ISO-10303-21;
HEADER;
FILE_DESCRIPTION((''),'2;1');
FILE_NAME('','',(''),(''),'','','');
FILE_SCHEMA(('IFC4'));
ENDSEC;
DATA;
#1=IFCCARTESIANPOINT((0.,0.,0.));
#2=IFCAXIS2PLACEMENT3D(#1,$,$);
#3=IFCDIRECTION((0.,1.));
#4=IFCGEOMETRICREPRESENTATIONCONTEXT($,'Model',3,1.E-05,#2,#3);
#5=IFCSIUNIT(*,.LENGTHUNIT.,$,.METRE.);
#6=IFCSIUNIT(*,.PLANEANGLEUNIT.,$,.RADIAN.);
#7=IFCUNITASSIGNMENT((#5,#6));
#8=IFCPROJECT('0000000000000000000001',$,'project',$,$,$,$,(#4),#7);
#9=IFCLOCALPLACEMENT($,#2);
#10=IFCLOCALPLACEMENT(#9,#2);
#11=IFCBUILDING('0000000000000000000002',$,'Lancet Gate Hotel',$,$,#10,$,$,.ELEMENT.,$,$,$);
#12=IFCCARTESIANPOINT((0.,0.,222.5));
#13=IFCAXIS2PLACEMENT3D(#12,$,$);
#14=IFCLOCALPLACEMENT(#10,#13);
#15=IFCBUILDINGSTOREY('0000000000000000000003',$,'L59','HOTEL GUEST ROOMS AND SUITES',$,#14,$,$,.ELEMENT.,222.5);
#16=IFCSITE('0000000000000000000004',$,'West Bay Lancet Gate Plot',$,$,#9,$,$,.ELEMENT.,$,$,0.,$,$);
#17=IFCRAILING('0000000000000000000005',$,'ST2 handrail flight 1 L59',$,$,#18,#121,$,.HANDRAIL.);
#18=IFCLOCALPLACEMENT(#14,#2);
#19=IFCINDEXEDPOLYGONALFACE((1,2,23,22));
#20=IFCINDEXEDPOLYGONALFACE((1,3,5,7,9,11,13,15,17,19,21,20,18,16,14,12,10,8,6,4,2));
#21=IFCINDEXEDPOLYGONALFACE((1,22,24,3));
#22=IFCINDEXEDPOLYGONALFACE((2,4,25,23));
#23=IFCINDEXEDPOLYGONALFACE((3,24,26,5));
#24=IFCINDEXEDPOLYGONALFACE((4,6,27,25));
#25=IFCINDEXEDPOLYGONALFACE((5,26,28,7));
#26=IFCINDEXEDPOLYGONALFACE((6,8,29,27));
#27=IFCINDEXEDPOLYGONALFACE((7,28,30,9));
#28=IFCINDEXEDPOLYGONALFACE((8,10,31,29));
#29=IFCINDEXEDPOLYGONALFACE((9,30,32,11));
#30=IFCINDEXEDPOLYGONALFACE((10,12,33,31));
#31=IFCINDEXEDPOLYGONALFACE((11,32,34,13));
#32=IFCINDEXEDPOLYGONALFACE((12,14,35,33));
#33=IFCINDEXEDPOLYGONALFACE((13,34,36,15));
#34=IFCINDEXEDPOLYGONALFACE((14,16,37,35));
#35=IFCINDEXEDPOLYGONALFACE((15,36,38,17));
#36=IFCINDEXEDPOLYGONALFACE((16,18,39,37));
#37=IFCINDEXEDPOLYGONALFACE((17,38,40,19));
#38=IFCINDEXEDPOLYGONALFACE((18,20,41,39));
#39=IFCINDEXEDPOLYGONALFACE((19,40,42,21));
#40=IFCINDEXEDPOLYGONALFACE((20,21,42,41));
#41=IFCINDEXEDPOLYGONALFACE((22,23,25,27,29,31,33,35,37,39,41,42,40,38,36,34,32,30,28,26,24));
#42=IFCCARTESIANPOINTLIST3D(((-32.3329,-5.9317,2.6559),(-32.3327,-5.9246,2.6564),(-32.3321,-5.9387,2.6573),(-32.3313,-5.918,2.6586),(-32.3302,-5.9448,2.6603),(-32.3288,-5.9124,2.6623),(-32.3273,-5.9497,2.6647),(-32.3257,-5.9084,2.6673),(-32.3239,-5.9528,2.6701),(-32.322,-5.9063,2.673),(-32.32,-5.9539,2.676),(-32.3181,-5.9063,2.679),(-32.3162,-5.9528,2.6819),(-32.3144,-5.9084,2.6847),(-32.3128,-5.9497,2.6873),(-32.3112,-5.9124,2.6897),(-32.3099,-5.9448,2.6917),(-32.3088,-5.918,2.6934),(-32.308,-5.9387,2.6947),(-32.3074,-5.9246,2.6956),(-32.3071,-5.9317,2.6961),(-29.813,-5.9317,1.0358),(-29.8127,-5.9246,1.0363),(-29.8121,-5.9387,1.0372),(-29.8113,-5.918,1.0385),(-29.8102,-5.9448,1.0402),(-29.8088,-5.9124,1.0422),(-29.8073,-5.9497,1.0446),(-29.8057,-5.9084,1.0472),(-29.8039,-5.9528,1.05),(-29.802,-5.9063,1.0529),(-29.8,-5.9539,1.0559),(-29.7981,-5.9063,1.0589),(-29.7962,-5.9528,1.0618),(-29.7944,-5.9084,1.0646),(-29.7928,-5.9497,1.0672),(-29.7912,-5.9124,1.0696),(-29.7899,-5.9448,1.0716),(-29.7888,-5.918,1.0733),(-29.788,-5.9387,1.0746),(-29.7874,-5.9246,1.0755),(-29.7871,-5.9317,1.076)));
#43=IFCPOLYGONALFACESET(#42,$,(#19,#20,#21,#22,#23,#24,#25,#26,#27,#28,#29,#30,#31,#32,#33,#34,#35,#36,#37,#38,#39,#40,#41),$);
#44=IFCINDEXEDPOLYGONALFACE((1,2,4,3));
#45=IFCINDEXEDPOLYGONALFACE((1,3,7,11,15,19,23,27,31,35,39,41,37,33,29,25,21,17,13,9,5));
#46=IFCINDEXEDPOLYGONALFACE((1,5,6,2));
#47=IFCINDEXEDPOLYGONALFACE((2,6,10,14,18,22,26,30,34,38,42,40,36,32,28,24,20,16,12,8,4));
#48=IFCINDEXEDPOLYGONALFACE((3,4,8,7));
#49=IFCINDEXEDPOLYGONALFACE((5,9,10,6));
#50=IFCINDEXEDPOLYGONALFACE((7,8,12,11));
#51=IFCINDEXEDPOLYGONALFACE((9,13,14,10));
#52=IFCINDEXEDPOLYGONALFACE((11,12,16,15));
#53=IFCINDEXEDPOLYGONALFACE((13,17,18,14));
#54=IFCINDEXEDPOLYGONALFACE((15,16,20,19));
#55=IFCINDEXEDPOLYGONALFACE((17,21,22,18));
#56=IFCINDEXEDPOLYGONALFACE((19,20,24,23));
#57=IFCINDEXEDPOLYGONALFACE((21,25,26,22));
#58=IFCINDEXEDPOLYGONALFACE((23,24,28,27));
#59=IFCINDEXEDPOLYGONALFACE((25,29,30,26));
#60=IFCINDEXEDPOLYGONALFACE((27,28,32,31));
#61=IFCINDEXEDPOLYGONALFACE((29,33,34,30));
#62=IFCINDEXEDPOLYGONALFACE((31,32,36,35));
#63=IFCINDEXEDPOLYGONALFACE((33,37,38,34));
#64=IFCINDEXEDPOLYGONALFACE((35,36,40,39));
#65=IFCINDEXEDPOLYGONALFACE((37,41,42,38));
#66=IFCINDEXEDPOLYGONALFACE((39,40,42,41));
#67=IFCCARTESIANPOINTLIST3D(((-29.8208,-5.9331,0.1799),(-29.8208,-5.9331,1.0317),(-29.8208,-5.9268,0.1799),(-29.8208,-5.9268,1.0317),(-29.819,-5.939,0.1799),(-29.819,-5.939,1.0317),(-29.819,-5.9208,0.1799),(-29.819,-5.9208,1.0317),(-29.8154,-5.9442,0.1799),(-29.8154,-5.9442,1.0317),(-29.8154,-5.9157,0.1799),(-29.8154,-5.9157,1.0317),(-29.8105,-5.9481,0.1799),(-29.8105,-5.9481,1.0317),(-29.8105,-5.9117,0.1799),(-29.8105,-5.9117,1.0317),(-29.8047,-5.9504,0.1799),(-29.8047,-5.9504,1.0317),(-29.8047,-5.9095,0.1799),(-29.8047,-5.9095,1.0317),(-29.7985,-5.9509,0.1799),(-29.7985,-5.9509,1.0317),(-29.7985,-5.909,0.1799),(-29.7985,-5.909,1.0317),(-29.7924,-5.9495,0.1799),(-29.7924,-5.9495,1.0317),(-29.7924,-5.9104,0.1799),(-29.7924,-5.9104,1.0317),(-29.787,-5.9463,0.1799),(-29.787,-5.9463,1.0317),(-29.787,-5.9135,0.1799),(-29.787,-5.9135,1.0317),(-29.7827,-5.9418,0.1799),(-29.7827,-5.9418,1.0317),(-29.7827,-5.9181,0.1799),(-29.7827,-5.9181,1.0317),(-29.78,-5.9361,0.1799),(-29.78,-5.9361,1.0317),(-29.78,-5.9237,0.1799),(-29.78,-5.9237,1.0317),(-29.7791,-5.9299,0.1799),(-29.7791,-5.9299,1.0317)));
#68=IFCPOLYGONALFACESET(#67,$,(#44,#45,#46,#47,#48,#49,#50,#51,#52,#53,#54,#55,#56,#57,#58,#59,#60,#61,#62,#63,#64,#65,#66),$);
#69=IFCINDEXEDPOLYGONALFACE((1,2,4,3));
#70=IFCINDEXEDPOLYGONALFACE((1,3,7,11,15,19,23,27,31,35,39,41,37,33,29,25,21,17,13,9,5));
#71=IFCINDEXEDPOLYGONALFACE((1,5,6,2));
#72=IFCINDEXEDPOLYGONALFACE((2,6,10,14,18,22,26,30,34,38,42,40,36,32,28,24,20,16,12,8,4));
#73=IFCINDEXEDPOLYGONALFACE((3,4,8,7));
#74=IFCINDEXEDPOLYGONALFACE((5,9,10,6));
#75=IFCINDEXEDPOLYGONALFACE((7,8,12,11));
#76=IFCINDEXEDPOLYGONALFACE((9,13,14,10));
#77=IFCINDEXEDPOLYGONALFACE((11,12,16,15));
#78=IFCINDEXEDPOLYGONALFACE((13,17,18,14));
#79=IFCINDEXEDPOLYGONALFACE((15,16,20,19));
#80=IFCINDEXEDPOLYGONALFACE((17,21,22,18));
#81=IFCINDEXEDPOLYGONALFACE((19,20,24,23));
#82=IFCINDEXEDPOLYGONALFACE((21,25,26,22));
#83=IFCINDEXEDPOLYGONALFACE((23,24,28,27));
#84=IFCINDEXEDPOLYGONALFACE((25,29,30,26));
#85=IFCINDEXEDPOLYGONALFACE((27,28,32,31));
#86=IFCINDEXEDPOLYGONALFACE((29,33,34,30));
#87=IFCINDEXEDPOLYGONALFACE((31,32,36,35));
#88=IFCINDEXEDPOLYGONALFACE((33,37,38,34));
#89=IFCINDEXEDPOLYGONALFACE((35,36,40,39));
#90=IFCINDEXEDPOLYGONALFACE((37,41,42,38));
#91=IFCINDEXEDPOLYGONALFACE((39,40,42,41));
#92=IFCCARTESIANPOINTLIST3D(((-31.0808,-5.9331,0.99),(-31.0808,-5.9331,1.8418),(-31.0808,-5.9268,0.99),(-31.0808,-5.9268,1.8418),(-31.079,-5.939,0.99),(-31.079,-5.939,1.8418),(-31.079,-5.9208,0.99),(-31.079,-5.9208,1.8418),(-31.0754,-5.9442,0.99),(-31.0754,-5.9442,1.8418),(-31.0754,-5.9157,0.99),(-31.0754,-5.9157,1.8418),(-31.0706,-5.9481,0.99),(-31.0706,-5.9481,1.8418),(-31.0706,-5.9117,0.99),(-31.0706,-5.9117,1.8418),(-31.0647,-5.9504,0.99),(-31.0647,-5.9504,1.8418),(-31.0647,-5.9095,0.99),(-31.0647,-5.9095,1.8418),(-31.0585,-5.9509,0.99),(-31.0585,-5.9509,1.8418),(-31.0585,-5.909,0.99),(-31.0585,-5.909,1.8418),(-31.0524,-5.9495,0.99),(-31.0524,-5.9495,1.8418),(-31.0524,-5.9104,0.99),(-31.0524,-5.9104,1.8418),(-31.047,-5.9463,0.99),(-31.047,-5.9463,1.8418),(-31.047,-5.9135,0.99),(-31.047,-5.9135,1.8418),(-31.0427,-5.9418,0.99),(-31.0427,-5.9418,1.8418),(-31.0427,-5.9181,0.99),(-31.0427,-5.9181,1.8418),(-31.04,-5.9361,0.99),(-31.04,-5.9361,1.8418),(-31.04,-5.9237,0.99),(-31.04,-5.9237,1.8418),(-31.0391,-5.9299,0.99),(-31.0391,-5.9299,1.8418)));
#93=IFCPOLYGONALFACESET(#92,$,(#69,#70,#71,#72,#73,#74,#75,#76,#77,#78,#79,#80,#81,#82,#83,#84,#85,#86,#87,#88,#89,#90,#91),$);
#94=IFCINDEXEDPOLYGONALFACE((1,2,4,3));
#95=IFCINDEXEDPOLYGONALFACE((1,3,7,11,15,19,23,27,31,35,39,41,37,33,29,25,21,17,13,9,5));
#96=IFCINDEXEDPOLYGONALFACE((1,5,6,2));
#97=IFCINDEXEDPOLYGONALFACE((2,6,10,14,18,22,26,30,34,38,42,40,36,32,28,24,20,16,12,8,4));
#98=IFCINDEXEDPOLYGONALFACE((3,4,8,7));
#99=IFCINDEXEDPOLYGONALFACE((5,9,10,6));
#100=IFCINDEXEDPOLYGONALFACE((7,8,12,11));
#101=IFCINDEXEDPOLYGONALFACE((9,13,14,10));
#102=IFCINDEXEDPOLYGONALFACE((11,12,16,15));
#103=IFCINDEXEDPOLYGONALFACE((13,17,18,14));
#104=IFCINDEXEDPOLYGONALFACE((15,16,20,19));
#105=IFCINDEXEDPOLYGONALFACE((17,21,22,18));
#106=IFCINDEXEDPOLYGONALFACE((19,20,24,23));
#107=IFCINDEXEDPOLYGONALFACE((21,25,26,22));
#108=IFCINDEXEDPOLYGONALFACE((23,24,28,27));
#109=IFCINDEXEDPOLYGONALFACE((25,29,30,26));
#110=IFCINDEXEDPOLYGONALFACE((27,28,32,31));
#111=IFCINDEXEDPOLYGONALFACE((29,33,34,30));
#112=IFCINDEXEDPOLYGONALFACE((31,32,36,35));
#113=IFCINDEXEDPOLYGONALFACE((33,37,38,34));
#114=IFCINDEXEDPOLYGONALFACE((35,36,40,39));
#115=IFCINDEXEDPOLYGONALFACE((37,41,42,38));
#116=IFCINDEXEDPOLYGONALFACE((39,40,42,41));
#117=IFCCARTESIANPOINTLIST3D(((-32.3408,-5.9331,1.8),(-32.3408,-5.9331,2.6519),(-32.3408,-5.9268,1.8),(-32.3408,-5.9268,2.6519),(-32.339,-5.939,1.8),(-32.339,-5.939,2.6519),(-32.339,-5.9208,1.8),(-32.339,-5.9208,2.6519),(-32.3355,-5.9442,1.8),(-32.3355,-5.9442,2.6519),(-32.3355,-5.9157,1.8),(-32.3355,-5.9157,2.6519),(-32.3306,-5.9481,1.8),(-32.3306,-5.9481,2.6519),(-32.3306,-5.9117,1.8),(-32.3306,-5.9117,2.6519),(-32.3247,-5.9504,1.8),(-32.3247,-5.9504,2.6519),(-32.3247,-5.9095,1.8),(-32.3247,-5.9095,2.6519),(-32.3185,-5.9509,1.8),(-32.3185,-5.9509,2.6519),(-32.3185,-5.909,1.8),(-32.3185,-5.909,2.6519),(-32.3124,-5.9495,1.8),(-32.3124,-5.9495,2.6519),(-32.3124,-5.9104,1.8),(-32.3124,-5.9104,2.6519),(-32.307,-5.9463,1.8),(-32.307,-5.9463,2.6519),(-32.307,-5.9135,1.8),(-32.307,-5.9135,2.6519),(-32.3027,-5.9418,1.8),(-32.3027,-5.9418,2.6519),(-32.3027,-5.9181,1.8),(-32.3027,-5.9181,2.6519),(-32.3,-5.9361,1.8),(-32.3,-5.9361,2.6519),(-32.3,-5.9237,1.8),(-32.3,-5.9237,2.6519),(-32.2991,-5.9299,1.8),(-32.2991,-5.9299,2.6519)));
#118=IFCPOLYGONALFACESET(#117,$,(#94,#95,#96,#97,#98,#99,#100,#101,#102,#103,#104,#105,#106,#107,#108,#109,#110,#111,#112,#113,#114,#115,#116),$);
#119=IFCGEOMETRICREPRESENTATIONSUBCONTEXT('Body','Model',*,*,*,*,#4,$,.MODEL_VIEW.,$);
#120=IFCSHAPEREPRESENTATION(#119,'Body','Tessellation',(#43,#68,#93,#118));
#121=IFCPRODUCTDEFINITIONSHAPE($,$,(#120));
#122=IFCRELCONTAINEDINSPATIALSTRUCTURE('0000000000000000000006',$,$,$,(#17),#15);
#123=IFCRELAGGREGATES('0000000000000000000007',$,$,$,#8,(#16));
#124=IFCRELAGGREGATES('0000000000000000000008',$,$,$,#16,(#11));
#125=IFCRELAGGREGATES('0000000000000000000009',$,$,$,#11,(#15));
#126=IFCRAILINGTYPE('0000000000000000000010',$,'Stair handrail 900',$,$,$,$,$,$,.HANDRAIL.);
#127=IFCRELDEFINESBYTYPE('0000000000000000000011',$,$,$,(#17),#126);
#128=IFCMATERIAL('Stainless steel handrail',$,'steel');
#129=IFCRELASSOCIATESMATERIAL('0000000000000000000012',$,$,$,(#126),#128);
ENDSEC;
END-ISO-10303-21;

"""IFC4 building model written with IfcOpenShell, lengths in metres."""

from ifc_helpers import new_model, si_unit, direction, frame, origin, origin_2d, place, context, subcontext, project, spatial, circle, extrude, material, type_object, element, save


model = new_model("IFC4")

# Units and contexts
model_context = context("Model", 3, precision=1e-05, world=origin(), true_north=direction((0.0, 1.0)))
body_context = subcontext(model_context, "Body", "Model", "MODEL_VIEW")
ifc_project = project(units=[si_unit("LENGTHUNIT", "METRE"), si_unit("PLANEANGLEUNIT", "RADIAN")], contexts=[model_context])

# Site, building, storey
site_placement = place(None, origin())
site = spatial("IfcSite", under=ifc_project, at=site_placement, Name="West Bay Lancet Gate Plot", CompositionType="ELEMENT", RefElevation=0.0)
building_placement = place(site_placement, origin())
building = spatial("IfcBuilding", under=site, at=building_placement, Name="Lancet Gate Hotel", CompositionType="ELEMENT")
storey_placement = place(building_placement, frame((0.0, 0.0, 222.5)))
storey = spatial("IfcBuildingStorey", under=building, at=storey_placement, Name="L59", Description="HOTEL GUEST ROOMS AND SUITES", CompositionType="ELEMENT", Elevation=222.5)

# Railing
ifc_material_1 = material(Name="Stainless steel handrail", Category="steel")
railing_type = type_object("IfcRailingType", Name="Stair handrail 900", PredefinedType="HANDRAIL", material=ifc_material_1)
railing_1_placement = place(storey_placement, frame((-29.8, -5.9299, 0.1799)))
element("IfcRailing", 1, at=railing_1_placement, inside=storey, type_object=railing_type, Name="ST2 handrail flight 1 L59", PredefinedType="HANDRAIL", context=body_context, shape_type="SweptSolid", body=[
    extrude(circle(Radius=0.0239, at=origin_2d()), frame((0.0, 0.0, 0.876), z_axis=(-0.841163, 0.0, 0.540782), x_axis=(0.0, -1.0, 0.0)), (0.0, 0.0, 1.0), 2.9958),
    extrude(circle(Radius=0.021, at=origin_2d()), origin(), (0.0, 0.0, 1.0), 0.8518),
    extrude(circle(Radius=0.021, at=origin_2d()), frame((-1.26, 0.0, 0.8101)), (0.0, 0.0, 1.0), 0.8518),
    extrude(circle(Radius=0.021, at=origin_2d()), frame((-2.52, 0.0, 1.6201)), (0.0, 0.0, 1.0), 0.8518),
])

save(model, "model.ifc")
